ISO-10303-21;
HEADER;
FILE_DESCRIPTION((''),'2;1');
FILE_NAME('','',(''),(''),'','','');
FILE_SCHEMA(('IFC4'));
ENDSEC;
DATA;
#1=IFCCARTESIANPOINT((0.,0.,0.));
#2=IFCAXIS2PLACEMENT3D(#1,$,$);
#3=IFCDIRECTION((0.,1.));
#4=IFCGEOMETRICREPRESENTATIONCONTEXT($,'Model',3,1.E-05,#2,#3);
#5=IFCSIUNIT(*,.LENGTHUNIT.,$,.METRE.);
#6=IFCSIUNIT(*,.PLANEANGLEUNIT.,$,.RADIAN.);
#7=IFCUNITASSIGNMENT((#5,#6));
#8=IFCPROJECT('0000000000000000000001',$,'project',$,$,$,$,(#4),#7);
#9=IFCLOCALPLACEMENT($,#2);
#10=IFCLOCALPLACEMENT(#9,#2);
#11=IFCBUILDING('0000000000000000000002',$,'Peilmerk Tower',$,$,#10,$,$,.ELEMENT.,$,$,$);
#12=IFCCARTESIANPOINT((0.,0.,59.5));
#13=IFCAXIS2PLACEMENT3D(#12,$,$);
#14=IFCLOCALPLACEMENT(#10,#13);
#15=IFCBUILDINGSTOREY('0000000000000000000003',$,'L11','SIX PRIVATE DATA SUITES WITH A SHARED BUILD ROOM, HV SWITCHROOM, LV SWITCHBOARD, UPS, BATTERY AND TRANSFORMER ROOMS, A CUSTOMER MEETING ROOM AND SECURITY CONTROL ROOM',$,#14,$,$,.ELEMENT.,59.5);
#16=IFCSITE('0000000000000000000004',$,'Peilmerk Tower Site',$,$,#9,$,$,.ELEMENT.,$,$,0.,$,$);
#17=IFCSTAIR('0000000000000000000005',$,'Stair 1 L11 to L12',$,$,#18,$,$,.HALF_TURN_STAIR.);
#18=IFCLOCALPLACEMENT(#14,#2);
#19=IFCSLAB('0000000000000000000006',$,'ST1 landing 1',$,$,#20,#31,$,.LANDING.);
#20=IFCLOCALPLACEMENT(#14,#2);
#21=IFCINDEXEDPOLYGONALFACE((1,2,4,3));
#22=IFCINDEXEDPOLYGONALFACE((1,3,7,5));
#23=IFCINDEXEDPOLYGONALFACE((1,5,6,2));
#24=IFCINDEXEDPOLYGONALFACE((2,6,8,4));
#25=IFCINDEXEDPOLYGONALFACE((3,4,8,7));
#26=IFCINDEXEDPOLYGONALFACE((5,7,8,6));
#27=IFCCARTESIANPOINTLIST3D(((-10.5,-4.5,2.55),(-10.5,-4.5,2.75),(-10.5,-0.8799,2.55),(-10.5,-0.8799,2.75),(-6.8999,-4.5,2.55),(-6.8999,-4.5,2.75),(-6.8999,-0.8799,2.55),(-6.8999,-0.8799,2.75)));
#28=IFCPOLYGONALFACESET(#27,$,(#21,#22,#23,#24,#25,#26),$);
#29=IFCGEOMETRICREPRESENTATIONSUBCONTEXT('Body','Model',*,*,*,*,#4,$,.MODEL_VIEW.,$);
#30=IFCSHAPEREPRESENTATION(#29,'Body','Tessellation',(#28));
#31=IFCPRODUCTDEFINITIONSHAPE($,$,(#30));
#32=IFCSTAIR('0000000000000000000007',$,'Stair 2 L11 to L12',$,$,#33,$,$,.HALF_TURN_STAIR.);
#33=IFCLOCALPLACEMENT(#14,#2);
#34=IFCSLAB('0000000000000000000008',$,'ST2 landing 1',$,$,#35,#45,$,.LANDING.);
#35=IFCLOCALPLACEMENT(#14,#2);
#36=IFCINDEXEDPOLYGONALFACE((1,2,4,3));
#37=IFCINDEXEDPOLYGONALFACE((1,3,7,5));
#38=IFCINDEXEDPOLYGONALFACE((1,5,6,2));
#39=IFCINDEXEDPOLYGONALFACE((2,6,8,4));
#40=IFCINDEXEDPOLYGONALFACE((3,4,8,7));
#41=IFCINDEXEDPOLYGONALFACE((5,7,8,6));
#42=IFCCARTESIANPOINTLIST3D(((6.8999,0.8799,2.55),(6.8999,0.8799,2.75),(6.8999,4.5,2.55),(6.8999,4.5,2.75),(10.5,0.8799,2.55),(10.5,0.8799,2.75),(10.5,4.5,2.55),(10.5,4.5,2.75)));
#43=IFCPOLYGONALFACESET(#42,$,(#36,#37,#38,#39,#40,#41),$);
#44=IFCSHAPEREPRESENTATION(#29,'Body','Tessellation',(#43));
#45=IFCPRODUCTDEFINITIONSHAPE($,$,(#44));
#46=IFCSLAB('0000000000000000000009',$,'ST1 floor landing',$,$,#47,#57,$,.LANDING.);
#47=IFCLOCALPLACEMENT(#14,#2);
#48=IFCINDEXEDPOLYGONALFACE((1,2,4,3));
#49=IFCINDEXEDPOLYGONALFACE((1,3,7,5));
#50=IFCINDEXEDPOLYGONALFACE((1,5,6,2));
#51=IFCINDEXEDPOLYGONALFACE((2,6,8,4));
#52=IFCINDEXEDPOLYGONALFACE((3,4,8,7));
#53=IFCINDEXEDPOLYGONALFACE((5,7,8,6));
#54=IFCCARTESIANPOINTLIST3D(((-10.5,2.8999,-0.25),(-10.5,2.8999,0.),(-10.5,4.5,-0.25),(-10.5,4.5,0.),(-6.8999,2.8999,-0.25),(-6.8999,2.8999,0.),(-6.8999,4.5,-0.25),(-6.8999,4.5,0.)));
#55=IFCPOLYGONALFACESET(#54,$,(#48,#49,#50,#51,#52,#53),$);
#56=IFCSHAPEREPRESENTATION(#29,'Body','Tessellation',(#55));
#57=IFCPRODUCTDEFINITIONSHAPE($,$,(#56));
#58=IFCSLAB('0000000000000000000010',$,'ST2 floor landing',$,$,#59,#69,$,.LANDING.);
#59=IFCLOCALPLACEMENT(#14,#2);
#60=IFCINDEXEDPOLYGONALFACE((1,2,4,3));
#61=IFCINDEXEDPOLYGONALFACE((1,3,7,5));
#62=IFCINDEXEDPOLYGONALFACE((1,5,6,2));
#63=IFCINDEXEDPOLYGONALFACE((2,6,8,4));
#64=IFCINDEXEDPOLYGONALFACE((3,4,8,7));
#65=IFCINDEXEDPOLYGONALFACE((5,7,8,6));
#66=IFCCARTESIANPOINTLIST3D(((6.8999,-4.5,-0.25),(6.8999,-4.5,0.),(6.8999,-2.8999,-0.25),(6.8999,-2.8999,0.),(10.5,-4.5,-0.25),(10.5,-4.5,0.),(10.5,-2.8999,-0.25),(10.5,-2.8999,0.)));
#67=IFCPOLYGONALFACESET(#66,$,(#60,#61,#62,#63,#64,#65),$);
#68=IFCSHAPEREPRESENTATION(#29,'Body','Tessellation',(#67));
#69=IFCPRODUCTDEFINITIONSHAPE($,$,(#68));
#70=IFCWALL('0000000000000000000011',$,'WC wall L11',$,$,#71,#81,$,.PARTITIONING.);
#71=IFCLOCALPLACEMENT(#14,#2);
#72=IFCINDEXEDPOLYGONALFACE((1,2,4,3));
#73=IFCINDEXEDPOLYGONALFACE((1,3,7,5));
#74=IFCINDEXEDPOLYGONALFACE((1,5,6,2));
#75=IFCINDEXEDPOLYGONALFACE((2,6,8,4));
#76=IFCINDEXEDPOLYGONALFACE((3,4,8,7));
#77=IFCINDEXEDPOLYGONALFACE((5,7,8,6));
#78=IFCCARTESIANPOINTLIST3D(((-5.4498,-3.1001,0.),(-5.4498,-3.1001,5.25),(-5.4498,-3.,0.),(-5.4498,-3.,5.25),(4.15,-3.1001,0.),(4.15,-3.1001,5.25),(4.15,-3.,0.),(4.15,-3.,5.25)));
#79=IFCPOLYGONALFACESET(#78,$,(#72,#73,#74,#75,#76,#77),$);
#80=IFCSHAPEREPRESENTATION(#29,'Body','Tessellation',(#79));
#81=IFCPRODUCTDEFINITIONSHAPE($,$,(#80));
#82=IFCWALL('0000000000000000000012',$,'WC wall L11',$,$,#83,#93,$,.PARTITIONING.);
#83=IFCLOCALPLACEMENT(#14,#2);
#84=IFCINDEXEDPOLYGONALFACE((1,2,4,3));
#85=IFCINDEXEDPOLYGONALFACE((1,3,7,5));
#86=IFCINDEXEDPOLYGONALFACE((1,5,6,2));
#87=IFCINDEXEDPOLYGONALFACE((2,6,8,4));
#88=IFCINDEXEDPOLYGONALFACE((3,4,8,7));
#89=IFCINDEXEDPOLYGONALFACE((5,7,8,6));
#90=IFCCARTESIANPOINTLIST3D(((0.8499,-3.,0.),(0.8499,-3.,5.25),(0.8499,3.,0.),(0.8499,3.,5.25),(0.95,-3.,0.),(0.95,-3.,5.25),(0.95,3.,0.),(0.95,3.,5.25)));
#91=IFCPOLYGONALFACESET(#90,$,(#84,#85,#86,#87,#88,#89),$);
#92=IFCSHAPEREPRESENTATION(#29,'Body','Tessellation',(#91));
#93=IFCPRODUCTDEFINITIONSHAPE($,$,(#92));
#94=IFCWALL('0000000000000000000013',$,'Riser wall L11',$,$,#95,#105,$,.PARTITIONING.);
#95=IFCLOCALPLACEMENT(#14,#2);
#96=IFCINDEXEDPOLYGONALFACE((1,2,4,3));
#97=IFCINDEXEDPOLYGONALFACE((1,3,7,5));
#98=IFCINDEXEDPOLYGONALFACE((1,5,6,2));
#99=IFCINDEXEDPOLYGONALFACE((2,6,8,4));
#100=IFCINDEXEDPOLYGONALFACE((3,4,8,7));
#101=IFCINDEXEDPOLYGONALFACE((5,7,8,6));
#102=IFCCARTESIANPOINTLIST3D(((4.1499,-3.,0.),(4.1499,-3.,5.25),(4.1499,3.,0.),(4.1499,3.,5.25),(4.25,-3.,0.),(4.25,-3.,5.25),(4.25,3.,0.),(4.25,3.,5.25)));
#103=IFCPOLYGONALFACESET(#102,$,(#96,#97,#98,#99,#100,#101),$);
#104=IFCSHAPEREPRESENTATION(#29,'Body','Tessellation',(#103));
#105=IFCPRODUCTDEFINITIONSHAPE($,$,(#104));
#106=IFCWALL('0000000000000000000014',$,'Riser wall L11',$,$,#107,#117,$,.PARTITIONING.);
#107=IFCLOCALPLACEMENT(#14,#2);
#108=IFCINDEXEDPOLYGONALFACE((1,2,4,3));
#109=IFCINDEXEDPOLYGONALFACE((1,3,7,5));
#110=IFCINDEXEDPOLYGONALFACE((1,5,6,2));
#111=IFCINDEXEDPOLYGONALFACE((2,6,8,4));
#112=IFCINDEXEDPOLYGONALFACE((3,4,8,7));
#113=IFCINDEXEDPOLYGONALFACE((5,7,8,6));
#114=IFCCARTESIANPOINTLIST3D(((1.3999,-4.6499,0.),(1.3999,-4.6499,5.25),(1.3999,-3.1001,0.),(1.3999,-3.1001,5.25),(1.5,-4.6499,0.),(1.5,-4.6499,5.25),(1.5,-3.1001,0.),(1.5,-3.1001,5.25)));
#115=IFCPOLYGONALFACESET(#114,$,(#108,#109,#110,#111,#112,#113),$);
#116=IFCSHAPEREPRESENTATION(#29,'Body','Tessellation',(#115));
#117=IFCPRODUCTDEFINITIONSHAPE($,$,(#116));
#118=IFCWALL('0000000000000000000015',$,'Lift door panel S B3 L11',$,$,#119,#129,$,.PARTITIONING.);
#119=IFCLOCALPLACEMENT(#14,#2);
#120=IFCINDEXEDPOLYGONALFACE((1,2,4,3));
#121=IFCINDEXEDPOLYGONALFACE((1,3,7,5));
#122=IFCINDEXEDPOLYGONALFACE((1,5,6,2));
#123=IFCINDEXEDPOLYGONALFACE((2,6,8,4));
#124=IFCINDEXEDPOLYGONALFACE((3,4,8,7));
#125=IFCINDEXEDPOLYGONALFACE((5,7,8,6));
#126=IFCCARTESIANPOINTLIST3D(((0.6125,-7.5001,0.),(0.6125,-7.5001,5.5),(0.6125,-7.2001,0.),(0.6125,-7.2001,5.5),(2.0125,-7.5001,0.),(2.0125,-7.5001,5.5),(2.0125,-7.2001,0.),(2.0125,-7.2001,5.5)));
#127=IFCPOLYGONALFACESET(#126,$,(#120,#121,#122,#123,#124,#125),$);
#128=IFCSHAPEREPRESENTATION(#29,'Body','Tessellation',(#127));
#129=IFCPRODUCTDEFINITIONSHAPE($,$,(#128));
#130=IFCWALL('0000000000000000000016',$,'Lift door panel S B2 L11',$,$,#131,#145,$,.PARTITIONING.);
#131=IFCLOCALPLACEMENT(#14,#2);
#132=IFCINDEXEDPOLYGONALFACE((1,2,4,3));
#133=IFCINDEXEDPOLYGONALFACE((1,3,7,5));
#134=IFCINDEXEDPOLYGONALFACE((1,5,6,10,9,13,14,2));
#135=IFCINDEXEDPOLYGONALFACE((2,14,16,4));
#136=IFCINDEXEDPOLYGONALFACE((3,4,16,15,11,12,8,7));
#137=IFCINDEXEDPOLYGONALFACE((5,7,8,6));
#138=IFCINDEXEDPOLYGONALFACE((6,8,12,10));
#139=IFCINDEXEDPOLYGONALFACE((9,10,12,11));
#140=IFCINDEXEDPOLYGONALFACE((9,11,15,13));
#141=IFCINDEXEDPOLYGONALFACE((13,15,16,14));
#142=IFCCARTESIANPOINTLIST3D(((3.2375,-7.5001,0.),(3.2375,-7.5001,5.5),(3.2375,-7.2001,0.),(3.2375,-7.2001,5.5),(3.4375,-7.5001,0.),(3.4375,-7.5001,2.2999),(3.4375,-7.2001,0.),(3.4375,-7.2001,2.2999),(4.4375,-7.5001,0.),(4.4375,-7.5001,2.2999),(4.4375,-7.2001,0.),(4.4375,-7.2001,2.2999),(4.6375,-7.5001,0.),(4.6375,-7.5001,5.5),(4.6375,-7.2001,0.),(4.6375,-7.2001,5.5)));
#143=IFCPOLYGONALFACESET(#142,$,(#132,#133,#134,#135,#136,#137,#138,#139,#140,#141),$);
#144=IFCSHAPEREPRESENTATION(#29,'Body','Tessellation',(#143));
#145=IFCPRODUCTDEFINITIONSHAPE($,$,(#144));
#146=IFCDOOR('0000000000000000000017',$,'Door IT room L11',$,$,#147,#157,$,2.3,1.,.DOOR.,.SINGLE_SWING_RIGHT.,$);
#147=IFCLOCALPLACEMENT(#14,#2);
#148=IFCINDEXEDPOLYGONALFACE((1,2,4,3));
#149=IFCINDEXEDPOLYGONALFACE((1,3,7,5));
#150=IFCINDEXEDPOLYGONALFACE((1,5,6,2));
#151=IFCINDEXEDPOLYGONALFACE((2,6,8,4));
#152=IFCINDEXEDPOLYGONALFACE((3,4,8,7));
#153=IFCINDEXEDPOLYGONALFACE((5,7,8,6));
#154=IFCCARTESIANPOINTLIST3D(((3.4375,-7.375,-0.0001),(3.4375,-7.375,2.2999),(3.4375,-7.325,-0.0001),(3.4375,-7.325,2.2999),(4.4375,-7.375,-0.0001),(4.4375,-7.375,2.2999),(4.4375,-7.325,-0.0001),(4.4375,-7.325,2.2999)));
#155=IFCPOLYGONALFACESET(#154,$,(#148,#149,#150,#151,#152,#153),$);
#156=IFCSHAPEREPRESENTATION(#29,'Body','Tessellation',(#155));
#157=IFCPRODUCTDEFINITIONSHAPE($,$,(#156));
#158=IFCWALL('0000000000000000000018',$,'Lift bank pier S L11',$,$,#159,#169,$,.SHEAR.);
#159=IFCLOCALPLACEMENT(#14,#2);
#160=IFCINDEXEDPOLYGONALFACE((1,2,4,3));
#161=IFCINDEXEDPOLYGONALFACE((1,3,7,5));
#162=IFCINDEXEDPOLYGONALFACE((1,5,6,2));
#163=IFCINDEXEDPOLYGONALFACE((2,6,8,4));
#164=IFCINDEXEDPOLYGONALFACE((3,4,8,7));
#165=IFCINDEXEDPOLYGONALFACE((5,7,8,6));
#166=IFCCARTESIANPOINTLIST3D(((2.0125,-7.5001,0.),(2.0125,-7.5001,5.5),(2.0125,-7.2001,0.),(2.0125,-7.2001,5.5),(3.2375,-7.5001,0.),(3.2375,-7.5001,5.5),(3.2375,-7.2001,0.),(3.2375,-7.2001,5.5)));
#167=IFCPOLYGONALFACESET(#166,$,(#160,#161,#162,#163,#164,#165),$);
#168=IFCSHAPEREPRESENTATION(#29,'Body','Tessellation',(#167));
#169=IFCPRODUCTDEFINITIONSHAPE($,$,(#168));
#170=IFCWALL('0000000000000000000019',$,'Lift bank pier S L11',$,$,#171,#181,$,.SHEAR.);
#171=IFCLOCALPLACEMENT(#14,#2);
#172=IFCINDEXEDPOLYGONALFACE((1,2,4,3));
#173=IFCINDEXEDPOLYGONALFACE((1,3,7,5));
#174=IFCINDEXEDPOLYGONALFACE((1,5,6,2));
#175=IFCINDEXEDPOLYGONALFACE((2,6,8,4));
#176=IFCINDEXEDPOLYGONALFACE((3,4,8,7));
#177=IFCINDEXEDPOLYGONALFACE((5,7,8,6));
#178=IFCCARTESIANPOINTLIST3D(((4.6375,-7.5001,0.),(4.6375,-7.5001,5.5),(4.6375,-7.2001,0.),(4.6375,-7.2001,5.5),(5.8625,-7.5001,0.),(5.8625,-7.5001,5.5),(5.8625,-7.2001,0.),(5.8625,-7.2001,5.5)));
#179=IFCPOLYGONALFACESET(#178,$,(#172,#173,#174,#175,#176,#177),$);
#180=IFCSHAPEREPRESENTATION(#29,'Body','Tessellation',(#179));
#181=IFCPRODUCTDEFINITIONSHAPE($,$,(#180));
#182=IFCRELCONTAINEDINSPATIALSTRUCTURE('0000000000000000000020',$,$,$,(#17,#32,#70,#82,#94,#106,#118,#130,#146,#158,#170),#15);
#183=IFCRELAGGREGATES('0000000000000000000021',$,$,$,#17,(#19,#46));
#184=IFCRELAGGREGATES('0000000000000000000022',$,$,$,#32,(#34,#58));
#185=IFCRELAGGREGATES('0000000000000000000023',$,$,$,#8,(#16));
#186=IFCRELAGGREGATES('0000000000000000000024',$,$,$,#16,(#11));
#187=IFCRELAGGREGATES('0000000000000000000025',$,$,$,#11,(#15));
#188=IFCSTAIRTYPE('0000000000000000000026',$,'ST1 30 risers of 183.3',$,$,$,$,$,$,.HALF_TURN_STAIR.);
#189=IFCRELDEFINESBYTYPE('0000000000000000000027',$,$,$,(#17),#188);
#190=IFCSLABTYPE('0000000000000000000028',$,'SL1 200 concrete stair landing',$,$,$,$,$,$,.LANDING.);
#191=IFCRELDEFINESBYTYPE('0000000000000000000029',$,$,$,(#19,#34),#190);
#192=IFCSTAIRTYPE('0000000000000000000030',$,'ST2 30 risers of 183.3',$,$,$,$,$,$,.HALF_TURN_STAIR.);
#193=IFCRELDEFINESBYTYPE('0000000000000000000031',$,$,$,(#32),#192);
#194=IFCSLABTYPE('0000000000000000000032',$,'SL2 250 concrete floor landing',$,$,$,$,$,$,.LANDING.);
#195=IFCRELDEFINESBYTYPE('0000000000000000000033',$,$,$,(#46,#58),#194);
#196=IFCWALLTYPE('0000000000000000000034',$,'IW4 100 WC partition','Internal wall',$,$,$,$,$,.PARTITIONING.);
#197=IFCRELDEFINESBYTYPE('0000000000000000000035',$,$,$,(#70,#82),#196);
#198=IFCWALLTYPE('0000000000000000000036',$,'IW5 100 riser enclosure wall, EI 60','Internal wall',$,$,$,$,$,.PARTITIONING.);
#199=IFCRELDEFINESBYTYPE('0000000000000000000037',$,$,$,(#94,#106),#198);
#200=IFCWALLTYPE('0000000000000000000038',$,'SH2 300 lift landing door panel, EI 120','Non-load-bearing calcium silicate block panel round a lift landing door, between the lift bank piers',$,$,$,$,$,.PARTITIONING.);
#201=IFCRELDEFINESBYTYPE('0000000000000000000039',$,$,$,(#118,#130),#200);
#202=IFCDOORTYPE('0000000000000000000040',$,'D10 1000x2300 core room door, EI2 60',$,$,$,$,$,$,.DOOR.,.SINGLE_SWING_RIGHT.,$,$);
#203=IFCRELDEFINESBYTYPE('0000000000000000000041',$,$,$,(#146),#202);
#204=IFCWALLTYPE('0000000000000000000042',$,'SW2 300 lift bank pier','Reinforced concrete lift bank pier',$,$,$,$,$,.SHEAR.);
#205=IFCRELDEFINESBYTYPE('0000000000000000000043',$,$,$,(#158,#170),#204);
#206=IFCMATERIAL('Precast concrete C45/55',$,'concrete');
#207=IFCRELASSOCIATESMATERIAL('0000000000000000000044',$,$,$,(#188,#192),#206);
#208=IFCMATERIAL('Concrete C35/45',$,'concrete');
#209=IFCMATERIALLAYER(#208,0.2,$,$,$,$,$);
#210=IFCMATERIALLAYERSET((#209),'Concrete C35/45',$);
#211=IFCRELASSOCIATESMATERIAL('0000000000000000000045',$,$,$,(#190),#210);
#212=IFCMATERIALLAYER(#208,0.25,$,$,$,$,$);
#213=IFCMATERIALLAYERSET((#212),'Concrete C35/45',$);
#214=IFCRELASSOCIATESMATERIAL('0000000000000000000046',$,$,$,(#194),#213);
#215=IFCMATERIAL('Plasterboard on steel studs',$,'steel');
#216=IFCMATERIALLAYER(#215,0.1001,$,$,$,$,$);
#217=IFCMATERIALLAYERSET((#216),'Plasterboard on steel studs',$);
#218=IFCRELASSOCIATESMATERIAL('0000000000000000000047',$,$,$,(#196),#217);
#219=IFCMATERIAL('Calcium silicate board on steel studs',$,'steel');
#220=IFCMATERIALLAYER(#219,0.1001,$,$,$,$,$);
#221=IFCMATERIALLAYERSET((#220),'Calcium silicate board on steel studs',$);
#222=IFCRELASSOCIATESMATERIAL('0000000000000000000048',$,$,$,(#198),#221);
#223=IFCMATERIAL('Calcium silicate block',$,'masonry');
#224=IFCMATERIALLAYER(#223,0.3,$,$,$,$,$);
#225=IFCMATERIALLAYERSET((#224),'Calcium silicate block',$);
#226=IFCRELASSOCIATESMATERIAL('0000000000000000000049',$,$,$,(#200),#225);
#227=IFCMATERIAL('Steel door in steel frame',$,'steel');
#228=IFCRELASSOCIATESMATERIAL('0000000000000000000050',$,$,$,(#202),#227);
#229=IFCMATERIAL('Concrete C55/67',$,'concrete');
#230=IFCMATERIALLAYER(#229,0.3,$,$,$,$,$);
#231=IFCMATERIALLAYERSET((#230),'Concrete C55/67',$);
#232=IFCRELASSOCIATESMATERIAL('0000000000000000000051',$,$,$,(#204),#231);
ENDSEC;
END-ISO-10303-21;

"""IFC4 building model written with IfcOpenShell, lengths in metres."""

from ifc_helpers import new_model, si_unit, direction, frame, frame_2d, origin, place, context, subcontext, project, spatial, polyline, rectangle, outline, extrude, material, layer, layer_set, type_object, element, fill, aggregate, save


model = new_model("IFC4")

# Units and contexts
model_context = context("Model", 3, precision=1e-05, world=origin(), true_north=direction((0.0, 1.0)))
body_context = subcontext(model_context, "Body", "Model", "MODEL_VIEW")
ifc_project = project(units=[si_unit("LENGTHUNIT", "METRE"), si_unit("PLANEANGLEUNIT", "RADIAN")], contexts=[model_context])

# Site, building, storey
site_placement = place(None, origin())
site = spatial("IfcSite", under=ifc_project, at=site_placement, Name="Peilmerk Tower Site", CompositionType="ELEMENT", RefElevation=0.0)
building_placement = place(site_placement, origin())
building = spatial("IfcBuilding", under=site, at=building_placement, Name="Peilmerk Tower", CompositionType="ELEMENT")
storey_placement = place(building_placement, frame((0.0, 0.0, 59.5)))
storey = spatial("IfcBuildingStorey", under=building, at=storey_placement, Name="L11", Description="SIX PRIVATE DATA SUITES WITH A SHARED BUILD ROOM, HV SWITCHROOM, LV SWITCHBOARD, UPS, BATTERY AND TRANSFORMER ROOMS, A CUSTOMER MEETING ROOM AND SECURITY CONTROL ROOM", CompositionType="ELEMENT", Elevation=59.5)

# Stairs, slabs
ifc_material_1 = material(Name="Precast concrete C45/55", Category="concrete")
stair_type_1 = type_object("IfcStairType", Name="ST1 30 risers of 183.3", PredefinedType="HALF_TURN_STAIR", material=ifc_material_1)
stair_1_placement = place(storey_placement, origin())
stair_1 = element("IfcStair", 1, at=stair_1_placement, inside=storey, type_object=stair_type_1, Name="Stair 1 L11 to L12", PredefinedType="HALF_TURN_STAIR")
ifc_material_2 = material(Name="Concrete C35/45", Category="concrete")
ifc_layer_1 = layer(ifc_material_2, 0.2)
ifc_layer_set_1 = layer_set([ifc_layer_1], Name="Concrete C35/45")
slab_type_1 = type_object("IfcSlabType", Name="SL1 200 concrete stair landing", PredefinedType="LANDING", material=ifc_layer_set_1)
slab_1_placement = place(storey_placement, frame((0.0, 0.0, 2.55)))
slab_1 = element("IfcSlab", 2, at=slab_1_placement, type_object=slab_type_1, Name="ST1 landing 1", PredefinedType="LANDING", context=body_context, shape_type="SweptSolid", body=[
    extrude(outline(polyline([(-10.5, -4.5), (-6.8999, -4.5), (-6.8999, -0.8799), (-10.5, -0.8799), (-10.5, -4.5)])), origin(), (0.0, 0.0, 1.0), 0.2),
])
stair_type_2 = type_object("IfcStairType", Name="ST2 30 risers of 183.3", PredefinedType="HALF_TURN_STAIR", material=ifc_material_1)
stair_2_placement = place(storey_placement, origin())
stair_2 = element("IfcStair", 3, at=stair_2_placement, inside=storey, type_object=stair_type_2, Name="Stair 2 L11 to L12", PredefinedType="HALF_TURN_STAIR")
slab_2_placement = place(storey_placement, frame((0.0, 0.0, 2.55)))
slab_2 = element("IfcSlab", 4, at=slab_2_placement, type_object=slab_type_1, Name="ST2 landing 1", PredefinedType="LANDING", context=body_context, shape_type="SweptSolid", body=[
    extrude(outline(polyline([(6.8999, 0.8799), (10.5, 0.8799), (10.5, 4.5), (6.8999, 4.5), (6.8999, 0.8799)])), origin(), (0.0, 0.0, 1.0), 0.2),
])

# Slabs
ifc_layer_2 = layer(ifc_material_2, 0.25)
ifc_layer_set_2 = layer_set([ifc_layer_2], Name="Concrete C35/45")
slab_type_2 = type_object("IfcSlabType", Name="SL2 250 concrete floor landing", PredefinedType="LANDING", material=ifc_layer_set_2)
slab_3_placement = place(storey_placement, frame((0.0, 0.0, -0.25)))
slab_3 = element("IfcSlab", 5, at=slab_3_placement, type_object=slab_type_2, Name="ST1 floor landing", PredefinedType="LANDING", context=body_context, shape_type="SweptSolid", body=[
    extrude(outline(polyline([(-10.5, 2.8999), (-6.8999, 2.8999), (-6.8999, 4.5), (-10.5, 4.5), (-10.5, 2.8999)])), origin(), (0.0, 0.0, 1.0), 0.25),
])
aggregate(stair_1, [slab_1, slab_3])
slab_4_placement = place(storey_placement, frame((0.0, 0.0, -0.25)))
slab_4 = element("IfcSlab", 6, at=slab_4_placement, type_object=slab_type_2, Name="ST2 floor landing", PredefinedType="LANDING", context=body_context, shape_type="SweptSolid", body=[
    extrude(outline(polyline([(6.8999, -4.5), (10.5, -4.5), (10.5, -2.8999), (6.8999, -2.8999), (6.8999, -4.5)])), origin(), (0.0, 0.0, 1.0), 0.25),
])
aggregate(stair_2, [slab_2, slab_4])

# Walls
ifc_material_3 = material(Name="Plasterboard on steel studs", Category="steel")
ifc_layer_3 = layer(ifc_material_3, 0.1001)
ifc_layer_set_3 = layer_set([ifc_layer_3], Name="Plasterboard on steel studs")
wall_type_1 = type_object("IfcWallType", Name="IW4 100 WC partition", Description="Internal wall", PredefinedType="PARTITIONING", material=ifc_layer_set_3)
wall_1_placement = place(storey_placement, frame((4.1499, -3.05, 0.0), z_axis=(0.0, 0.0, 1.0), x_axis=(-1.0, 0.0, 0.0)))
element("IfcWall", 7, at=wall_1_placement, inside=storey, type_object=wall_type_1, Name="WC wall L11", PredefinedType="PARTITIONING", context=body_context, shape_type="SweptSolid", body=[
    extrude(rectangle(XDim=9.5999, YDim=0.1001, at=frame_2d((4.7998, 0.0))), origin(), (0.0, 0.0, 1.0), 5.25),
])
wall_2_placement = place(storey_placement, frame((0.8999, -3.0, 0.0), z_axis=(0.0, 0.0, 1.0), x_axis=(0.0, 1.0, 0.0)))
element("IfcWall", 8, at=wall_2_placement, inside=storey, type_object=wall_type_1, Name="WC wall L11", PredefinedType="PARTITIONING", context=body_context, shape_type="SweptSolid", body=[
    extrude(rectangle(XDim=6.0, YDim=0.1001, at=frame_2d((3.0, 0.0))), origin(), (0.0, 0.0, 1.0), 5.25),
])
ifc_material_4 = material(Name="Calcium silicate board on steel studs", Category="steel")
ifc_layer_4 = layer(ifc_material_4, 0.1001)
ifc_layer_set_4 = layer_set([ifc_layer_4], Name="Calcium silicate board on steel studs")
wall_type_2 = type_object("IfcWallType", Name="IW5 100 riser enclosure wall, EI 60", Description="Internal wall", PredefinedType="PARTITIONING", material=ifc_layer_set_4)
wall_3_placement = place(storey_placement, frame((4.2, -3.0, 0.0), z_axis=(0.0, 0.0, 1.0), x_axis=(0.0, 1.0, 0.0)))
element("IfcWall", 9, at=wall_3_placement, inside=storey, type_object=wall_type_2, Name="Riser wall L11", PredefinedType="PARTITIONING", context=body_context, shape_type="SweptSolid", body=[
    extrude(rectangle(XDim=6.0, YDim=0.1001, at=frame_2d((3.0, 0.0))), origin(), (0.0, 0.0, 1.0), 5.25),
])
wall_4_placement = place(storey_placement, frame((1.45, -3.1001, 0.0), z_axis=(0.0, 0.0, 1.0), x_axis=(0.0, -1.0, 0.0)))
element("IfcWall", 10, at=wall_4_placement, inside=storey, type_object=wall_type_2, Name="Riser wall L11", PredefinedType="PARTITIONING", context=body_context, shape_type="SweptSolid", body=[
    extrude(rectangle(XDim=1.5498, YDim=0.1001, at=frame_2d((0.7749, 0.0))), origin(), (0.0, 0.0, 1.0), 5.25),
])
ifc_material_5 = material(Name="Calcium silicate block", Category="masonry")
ifc_layer_5 = layer(ifc_material_5, 0.3)
ifc_layer_set_5 = layer_set([ifc_layer_5], Name="Calcium silicate block")
wall_type_3 = type_object("IfcWallType", Name="SH2 300 lift landing door panel, EI 120", Description="Non-load-bearing calcium silicate block panel round a lift landing door, between the lift bank piers", PredefinedType="PARTITIONING", material=ifc_layer_set_5)
wall_5_placement = place(storey_placement, frame((0.6125, -7.3501, 0.0), z_axis=(0.0, 0.0, 1.0), x_axis=(1.0, 0.0, 0.0)))
element("IfcWall", 11, at=wall_5_placement, inside=storey, type_object=wall_type_3, Name="Lift door panel S B3 L11", PredefinedType="PARTITIONING", context=body_context, shape_type="SweptSolid", body=[
    extrude(rectangle(XDim=1.3999, YDim=0.3, at=frame_2d((0.7, 0.0))), origin(), (0.0, 0.0, 1.0), 5.5),
])

# Wall, opening, door
wall_6_placement = place(storey_placement, frame((3.2375, -7.3501, 0.0), z_axis=(0.0, 0.0, 1.0), x_axis=(1.0, 0.0, 0.0)))
wall_6 = element("IfcWall", 12, at=wall_6_placement, inside=storey, type_object=wall_type_3, Name="Lift door panel S B2 L11", PredefinedType="PARTITIONING", context=body_context, shape_type="SweptSolid", body=[
    extrude(rectangle(XDim=1.3999, YDim=0.3, at=frame_2d((0.7, 0.0))), origin(), (0.0, 0.0, 1.0), 5.5),
])
opening_placement = place(wall_6_placement, frame((0.2, 0.0, 0.0)))
opening = element("IfcOpeningElement", 13, at=opening_placement, cuts=wall_6, PredefinedType="OPENING", context=body_context, shape_type="SweptSolid", body=[
    extrude(rectangle(XDim=1.0, YDim=2.3, at=frame_2d((0.5, 1.1499))), frame((0.0, 0.1599, 0.0), z_axis=(0.0, -1.0, 0.0), x_axis=(1.0, 0.0, 0.0)), (0.0, 0.0, 1.0), 0.3201),
])
ifc_material_6 = material(Name="Steel door in steel frame", Category="steel")
door_type = type_object("IfcDoorType", Name="D10 1000x2300 core room door, EI2 60", OperationType="SINGLE_SWING_RIGHT", PredefinedType="DOOR", material=ifc_material_6)
door_placement = place(opening_placement, frame((1.0, 0.0, 0.0), z_axis=(0.0, 0.0, 1.0), x_axis=(-1.0, 0.0, 0.0)))
door = element("IfcDoor", 14, at=door_placement, inside=storey, type_object=door_type, Name="Door IT room L11", OperationType="SINGLE_SWING_RIGHT", OverallHeight=2.3, OverallWidth=1.0, PredefinedType="DOOR", context=body_context, shape_type="SweptSolid", body=[
    extrude(rectangle(XDim=1.0, YDim=2.3, at=frame_2d((0.5, 1.1499))), frame((0.0, 0.0249, 0.0), z_axis=(0.0, -1.0, 0.0), x_axis=(1.0, 0.0, 0.0)), (0.0, 0.0, 1.0), 0.05),
])
fill(opening, door)

# Walls
ifc_material_7 = material(Name="Concrete C55/67", Category="concrete")
ifc_layer_6 = layer(ifc_material_7, 0.3)
ifc_layer_set_6 = layer_set([ifc_layer_6], Name="Concrete C55/67")
wall_type_4 = type_object("IfcWallType", Name="SW2 300 lift bank pier", Description="Reinforced concrete lift bank pier", PredefinedType="SHEAR", material=ifc_layer_set_6)
for number, where, z_axis, x_axis, name in (
    (15, (2.0125, -7.3501, 0.0), (0.0, 0.0, 1.0), (1.0, 0.0, 0.0), "Lift bank pier S L11"),
    (16, (4.6375, -7.3501, 0.0), (0.0, 0.0, 1.0), (1.0, 0.0, 0.0), "Lift bank pier S L11"),
):
    element("IfcWall", number, at=place(storey_placement, frame(where, z_axis=z_axis, x_axis=x_axis)), inside=storey, type_object=wall_type_4, Name=name, PredefinedType="SHEAR", context=body_context, shape_type="SweptSolid", body=[
        extrude(rectangle(XDim=1.2251, YDim=0.3, at=frame_2d((0.6125, 0.0))), origin(), (0.0, 0.0, 1.0), 5.5),
    ])

save(model, "model.ifc")
